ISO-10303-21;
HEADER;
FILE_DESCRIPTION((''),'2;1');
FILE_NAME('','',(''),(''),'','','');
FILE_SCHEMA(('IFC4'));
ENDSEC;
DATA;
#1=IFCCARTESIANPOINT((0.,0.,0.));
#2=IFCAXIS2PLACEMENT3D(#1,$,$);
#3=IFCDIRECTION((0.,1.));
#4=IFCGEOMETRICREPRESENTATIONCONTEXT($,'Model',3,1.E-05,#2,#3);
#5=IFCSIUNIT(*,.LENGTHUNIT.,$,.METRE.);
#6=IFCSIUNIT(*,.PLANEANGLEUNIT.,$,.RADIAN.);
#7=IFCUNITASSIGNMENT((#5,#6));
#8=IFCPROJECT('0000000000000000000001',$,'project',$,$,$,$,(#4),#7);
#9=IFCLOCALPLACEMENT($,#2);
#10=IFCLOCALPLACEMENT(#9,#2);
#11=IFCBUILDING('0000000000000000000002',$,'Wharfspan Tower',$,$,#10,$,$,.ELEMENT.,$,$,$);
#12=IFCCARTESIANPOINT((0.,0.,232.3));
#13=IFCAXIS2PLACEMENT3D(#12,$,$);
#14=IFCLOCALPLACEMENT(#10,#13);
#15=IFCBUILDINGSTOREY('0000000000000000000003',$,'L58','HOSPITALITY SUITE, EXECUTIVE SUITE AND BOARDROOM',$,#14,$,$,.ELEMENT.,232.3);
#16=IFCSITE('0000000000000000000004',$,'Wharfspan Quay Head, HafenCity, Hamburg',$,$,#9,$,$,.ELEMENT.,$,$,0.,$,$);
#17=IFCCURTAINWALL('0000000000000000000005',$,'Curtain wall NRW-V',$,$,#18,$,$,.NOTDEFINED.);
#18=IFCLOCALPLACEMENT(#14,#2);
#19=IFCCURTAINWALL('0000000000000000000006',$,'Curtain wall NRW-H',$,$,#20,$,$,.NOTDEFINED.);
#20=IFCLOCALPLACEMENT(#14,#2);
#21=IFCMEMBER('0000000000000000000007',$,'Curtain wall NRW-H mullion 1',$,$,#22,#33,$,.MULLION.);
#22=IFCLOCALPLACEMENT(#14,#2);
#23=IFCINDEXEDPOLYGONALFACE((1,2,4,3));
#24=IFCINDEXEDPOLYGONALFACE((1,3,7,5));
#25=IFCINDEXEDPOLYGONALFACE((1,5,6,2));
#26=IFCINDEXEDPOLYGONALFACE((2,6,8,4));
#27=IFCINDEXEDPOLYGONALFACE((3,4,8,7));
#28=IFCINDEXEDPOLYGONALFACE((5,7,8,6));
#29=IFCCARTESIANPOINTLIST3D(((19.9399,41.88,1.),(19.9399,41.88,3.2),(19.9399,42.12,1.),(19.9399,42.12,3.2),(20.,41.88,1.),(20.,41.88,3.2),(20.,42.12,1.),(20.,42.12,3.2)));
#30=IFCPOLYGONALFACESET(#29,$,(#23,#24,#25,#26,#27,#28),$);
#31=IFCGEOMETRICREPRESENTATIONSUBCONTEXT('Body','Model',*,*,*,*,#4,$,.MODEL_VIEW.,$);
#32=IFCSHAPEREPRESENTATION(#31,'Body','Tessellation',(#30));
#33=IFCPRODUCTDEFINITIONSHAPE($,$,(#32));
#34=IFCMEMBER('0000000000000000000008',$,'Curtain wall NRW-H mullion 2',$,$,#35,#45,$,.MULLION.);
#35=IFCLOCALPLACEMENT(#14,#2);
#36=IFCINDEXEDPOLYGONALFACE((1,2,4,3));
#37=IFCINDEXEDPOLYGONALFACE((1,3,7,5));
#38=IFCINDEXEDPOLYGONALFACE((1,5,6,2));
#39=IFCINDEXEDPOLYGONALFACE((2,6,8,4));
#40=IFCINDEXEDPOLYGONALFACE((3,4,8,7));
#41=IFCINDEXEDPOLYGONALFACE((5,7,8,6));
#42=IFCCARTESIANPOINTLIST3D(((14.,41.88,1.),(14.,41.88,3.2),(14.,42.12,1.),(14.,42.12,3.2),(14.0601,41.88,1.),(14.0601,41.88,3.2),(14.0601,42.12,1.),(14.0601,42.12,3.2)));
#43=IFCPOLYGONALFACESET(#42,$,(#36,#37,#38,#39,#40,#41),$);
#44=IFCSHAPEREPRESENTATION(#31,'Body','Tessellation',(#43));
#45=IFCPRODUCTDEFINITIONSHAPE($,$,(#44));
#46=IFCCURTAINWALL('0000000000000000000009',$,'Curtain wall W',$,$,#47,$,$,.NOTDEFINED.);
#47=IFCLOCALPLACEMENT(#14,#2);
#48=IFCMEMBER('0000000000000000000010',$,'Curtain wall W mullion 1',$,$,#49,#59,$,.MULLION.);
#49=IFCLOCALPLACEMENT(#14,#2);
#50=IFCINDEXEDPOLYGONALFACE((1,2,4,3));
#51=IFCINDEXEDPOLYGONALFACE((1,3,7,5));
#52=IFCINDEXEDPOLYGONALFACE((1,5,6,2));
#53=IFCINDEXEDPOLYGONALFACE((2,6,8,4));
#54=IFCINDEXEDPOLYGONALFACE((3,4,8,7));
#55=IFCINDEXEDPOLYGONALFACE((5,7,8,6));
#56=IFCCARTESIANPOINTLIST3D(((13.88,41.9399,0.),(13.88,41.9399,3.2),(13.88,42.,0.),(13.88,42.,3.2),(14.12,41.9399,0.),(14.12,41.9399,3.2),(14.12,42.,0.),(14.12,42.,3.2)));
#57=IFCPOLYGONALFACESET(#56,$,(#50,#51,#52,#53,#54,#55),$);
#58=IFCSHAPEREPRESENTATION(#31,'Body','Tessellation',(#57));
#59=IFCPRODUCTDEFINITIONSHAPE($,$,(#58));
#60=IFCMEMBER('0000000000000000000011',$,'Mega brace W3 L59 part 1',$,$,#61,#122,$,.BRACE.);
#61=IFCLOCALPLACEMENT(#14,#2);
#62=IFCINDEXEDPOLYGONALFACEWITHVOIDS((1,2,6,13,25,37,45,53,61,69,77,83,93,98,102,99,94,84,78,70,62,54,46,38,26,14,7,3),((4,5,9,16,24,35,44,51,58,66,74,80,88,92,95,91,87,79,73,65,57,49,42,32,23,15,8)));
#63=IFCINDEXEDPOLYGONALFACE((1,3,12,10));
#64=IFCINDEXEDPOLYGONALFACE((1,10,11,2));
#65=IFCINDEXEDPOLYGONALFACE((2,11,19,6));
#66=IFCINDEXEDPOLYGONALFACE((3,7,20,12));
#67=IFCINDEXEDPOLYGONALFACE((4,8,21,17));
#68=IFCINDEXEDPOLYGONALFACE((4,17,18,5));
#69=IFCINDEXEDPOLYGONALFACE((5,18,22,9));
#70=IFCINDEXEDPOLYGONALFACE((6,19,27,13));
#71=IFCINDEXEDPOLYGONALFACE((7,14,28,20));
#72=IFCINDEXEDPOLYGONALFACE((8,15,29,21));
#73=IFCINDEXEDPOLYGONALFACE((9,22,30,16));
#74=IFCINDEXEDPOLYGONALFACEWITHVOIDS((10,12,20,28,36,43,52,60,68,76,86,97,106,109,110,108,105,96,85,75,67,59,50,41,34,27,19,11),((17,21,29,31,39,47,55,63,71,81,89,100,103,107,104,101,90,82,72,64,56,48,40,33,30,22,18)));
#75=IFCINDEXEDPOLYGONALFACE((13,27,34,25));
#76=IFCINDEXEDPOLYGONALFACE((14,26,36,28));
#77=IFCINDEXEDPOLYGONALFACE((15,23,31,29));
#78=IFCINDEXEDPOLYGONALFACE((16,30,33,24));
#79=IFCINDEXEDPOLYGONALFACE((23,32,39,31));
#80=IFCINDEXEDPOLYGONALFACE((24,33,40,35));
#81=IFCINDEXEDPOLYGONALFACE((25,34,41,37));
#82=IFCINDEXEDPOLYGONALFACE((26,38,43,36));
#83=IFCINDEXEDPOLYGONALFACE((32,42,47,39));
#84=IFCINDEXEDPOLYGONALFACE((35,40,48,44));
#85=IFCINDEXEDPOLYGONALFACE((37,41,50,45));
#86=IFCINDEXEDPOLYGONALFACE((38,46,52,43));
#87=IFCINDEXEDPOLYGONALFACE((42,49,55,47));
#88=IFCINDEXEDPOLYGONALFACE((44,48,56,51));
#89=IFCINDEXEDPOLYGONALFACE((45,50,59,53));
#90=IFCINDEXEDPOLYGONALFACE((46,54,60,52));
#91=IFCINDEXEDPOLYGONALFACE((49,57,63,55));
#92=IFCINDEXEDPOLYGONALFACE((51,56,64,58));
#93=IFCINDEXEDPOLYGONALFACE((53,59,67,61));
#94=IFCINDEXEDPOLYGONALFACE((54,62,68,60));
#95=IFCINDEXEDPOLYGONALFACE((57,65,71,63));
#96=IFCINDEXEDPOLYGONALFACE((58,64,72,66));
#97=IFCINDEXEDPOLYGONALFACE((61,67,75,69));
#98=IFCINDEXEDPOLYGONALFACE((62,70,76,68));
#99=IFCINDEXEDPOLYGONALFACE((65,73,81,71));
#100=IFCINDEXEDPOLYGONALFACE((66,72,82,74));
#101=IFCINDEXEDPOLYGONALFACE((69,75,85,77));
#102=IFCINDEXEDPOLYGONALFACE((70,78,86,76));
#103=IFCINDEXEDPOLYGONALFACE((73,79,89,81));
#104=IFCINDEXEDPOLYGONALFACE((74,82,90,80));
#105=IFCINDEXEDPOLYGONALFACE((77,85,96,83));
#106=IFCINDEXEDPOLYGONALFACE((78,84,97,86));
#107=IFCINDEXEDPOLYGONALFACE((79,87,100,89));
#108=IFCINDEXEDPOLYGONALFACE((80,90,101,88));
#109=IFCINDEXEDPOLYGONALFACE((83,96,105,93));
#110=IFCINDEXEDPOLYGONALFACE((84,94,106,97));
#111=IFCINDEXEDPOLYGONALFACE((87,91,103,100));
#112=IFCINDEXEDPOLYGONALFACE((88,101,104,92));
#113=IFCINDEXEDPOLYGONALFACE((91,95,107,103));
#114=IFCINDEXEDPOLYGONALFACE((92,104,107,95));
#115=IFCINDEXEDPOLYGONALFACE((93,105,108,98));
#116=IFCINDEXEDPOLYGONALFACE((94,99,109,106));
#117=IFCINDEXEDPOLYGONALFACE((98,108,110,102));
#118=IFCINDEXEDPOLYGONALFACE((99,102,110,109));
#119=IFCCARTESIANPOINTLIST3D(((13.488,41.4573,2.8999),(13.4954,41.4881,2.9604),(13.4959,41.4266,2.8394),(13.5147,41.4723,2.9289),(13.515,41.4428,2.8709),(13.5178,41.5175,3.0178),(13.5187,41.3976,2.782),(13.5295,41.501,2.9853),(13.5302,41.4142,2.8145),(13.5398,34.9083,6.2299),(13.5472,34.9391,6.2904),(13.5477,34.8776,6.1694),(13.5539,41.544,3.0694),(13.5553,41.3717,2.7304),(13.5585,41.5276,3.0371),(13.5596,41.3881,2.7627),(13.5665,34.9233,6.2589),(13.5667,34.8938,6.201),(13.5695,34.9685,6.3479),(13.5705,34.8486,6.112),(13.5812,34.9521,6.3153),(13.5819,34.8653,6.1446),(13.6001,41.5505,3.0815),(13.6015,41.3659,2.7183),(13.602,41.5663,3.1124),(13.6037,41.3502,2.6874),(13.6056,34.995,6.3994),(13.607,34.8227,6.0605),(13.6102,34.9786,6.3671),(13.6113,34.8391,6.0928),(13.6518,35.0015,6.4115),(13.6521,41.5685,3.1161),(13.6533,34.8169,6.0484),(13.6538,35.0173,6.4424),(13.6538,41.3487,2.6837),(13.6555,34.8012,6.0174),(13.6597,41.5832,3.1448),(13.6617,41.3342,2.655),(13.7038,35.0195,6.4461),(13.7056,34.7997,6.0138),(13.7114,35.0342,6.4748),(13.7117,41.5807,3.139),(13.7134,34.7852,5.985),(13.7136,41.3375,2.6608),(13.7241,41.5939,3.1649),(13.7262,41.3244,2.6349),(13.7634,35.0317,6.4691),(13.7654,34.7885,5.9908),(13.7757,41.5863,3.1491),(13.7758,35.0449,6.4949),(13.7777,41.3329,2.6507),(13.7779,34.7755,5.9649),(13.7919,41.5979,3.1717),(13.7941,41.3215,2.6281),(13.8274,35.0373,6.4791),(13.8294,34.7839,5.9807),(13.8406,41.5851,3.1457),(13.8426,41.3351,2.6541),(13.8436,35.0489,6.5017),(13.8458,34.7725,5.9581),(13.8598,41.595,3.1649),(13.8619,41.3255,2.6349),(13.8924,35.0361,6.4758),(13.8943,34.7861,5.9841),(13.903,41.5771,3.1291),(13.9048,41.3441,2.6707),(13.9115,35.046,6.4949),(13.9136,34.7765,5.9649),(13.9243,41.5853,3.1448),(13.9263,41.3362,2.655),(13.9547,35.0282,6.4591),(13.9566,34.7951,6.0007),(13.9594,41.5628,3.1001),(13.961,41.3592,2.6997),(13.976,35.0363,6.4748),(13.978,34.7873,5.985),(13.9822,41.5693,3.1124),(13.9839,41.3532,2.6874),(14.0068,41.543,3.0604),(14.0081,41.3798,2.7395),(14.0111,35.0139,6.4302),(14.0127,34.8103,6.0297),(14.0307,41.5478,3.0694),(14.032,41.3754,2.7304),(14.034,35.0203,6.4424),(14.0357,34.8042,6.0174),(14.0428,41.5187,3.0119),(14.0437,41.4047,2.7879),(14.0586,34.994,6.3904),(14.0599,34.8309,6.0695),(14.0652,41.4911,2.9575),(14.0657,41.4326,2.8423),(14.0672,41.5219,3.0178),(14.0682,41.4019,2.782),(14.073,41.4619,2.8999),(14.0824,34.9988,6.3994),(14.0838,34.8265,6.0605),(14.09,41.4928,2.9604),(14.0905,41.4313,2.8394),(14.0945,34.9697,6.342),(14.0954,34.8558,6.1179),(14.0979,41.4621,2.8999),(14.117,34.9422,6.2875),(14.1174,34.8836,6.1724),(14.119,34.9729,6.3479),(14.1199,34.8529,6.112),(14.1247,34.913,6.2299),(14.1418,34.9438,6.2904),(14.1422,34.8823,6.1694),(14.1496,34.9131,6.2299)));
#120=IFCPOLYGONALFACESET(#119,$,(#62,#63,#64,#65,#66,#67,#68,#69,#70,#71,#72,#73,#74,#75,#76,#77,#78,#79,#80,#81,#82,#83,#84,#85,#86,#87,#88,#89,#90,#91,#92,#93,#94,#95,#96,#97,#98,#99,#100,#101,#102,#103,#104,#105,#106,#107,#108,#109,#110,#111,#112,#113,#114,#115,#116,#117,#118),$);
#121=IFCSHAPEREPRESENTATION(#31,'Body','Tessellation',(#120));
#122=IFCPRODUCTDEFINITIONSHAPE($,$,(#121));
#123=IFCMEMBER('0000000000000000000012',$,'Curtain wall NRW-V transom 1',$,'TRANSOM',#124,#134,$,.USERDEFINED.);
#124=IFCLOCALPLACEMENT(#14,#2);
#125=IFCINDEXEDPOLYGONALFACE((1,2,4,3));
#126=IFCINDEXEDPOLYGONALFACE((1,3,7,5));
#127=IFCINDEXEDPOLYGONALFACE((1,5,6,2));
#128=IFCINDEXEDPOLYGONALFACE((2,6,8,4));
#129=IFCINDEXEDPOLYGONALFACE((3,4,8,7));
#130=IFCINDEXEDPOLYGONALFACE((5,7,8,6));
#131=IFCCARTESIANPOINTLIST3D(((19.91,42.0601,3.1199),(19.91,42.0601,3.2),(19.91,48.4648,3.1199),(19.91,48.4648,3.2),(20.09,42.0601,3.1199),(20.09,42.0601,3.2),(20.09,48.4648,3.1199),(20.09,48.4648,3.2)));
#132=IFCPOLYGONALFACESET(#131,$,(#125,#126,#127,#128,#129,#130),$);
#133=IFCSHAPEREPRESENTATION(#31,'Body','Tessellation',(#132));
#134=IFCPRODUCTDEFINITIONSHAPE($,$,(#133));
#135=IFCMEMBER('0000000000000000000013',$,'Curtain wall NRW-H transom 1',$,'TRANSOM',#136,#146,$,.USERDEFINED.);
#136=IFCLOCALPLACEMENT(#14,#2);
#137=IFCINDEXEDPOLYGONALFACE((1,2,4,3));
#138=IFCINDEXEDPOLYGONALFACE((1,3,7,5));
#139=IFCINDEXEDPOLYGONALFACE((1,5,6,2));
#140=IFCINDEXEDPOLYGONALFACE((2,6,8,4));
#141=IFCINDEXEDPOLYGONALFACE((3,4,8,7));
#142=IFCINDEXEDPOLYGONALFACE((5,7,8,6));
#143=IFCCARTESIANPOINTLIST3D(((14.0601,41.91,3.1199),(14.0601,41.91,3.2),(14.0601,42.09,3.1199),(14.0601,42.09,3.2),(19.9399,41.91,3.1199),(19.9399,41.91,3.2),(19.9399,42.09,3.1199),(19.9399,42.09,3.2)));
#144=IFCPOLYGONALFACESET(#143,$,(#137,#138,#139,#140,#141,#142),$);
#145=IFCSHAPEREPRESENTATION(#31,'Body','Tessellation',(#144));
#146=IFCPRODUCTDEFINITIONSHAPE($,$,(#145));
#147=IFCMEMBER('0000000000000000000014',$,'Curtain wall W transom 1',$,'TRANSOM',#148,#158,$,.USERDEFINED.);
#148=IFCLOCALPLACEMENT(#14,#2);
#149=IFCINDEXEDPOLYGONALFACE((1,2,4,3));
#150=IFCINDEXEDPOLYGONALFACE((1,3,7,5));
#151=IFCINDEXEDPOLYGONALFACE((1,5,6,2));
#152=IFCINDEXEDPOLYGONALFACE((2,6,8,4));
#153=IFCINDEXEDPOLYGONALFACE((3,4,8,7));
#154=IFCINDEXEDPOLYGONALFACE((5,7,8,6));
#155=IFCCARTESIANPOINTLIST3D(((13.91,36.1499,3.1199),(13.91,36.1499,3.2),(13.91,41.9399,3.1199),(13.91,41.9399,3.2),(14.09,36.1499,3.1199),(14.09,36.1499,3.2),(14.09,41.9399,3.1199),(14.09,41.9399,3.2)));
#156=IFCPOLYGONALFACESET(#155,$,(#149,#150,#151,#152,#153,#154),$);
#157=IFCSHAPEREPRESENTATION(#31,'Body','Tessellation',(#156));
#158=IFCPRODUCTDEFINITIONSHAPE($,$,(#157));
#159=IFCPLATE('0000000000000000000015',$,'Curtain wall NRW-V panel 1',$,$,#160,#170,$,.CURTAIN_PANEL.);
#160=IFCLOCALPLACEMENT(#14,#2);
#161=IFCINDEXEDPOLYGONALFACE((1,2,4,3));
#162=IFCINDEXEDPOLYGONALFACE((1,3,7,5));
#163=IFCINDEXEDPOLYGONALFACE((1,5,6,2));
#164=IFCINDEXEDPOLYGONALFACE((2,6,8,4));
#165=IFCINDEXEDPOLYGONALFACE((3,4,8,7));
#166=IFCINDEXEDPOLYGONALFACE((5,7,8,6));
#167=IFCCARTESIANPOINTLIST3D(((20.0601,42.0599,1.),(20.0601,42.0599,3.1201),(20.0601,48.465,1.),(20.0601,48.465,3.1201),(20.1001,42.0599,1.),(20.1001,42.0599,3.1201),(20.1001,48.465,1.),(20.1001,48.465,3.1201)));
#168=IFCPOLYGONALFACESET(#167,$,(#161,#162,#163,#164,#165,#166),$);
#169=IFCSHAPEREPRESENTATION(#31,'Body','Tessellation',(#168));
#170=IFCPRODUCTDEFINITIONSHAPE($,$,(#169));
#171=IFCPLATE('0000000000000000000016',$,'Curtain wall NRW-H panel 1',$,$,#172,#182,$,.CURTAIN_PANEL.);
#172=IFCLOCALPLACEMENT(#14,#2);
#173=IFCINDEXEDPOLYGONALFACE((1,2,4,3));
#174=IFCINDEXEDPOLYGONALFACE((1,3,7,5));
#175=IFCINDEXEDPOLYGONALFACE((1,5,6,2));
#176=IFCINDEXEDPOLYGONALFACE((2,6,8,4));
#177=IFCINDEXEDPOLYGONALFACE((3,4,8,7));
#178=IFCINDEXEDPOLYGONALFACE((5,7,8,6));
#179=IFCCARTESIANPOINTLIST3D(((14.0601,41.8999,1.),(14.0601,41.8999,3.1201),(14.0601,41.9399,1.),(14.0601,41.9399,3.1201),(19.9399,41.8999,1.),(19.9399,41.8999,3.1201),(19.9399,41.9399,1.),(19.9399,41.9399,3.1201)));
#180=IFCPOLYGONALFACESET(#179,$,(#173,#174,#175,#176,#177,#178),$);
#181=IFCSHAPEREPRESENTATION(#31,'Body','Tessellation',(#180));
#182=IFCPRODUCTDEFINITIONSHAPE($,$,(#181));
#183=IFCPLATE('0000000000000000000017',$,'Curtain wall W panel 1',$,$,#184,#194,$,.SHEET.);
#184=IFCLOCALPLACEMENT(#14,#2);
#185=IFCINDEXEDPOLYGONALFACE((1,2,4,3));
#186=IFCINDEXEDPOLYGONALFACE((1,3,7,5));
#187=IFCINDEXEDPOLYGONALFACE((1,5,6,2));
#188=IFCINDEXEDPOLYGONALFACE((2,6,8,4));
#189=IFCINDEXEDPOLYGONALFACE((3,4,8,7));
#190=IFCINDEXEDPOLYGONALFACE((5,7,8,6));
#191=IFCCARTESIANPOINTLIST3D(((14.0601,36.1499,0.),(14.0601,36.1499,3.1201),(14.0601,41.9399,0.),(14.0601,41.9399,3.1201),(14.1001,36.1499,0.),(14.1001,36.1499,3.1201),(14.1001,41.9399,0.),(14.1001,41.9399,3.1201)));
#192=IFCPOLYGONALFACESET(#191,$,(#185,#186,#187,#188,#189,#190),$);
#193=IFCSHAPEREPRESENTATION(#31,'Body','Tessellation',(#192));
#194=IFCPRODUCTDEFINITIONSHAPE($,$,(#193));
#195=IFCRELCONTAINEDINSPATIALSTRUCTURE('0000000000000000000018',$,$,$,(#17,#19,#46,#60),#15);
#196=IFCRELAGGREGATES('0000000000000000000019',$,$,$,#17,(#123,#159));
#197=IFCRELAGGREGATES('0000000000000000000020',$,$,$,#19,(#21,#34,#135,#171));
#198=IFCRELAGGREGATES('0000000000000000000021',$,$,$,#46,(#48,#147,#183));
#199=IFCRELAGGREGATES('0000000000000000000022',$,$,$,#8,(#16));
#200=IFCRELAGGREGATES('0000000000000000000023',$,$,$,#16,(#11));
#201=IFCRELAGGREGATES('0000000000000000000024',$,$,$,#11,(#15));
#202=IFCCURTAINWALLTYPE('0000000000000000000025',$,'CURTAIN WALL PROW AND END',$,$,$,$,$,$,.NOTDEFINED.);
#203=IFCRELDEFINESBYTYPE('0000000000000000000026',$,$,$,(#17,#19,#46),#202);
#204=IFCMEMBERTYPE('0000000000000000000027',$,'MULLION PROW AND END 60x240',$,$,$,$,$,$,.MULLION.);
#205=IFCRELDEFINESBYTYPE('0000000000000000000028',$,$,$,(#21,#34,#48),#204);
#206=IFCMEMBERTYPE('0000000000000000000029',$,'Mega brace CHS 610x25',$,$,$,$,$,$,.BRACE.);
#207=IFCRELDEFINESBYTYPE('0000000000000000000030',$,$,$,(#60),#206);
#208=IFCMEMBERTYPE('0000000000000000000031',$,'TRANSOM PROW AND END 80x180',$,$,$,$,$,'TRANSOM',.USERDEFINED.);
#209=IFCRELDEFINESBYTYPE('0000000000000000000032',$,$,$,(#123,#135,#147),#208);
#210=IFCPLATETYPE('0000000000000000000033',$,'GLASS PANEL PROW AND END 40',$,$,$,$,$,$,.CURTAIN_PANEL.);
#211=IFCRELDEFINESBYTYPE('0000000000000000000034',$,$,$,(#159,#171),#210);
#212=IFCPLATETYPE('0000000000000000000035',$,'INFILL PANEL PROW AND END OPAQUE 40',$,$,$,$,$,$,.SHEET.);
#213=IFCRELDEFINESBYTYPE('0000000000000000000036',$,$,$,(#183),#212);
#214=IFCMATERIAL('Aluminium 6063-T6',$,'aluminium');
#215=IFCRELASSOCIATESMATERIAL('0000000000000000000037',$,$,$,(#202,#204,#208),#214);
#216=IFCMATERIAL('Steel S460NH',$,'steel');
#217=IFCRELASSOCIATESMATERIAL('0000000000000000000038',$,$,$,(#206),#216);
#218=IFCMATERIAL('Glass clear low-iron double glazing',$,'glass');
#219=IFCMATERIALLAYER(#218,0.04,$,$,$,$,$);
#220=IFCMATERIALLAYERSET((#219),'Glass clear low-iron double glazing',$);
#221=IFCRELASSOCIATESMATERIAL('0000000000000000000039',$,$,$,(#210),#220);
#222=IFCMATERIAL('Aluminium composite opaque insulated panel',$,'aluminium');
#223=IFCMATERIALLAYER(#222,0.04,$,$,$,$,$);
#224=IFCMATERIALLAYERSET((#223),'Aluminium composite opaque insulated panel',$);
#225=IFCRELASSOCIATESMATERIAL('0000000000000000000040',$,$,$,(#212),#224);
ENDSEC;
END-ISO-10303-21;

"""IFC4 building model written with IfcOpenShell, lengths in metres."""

from ifc_helpers import new_model, si_unit, direction, frame, origin, origin_2d, place, context, subcontext, project, spatial, rectangle, hollow_circle, extrude, material, layer, layer_set, material_profile, profile_set, type_object, element, aggregate, save


model = new_model("IFC4")

# Units and contexts
model_context = context("Model", 3, precision=1e-05, world=origin(), true_north=direction((0.0, 1.0)))
body_context = subcontext(model_context, "Body", "Model", "MODEL_VIEW")
ifc_project = project(units=[si_unit("LENGTHUNIT", "METRE"), si_unit("PLANEANGLEUNIT", "RADIAN")], contexts=[model_context])

# Site, building, storey
site_placement = place(None, origin())
site = spatial("IfcSite", under=ifc_project, at=site_placement, Name="Wharfspan Quay Head, HafenCity, Hamburg", CompositionType="ELEMENT", RefElevation=0.0)
building_placement = place(site_placement, origin())
building = spatial("IfcBuilding", under=site, at=building_placement, Name="Wharfspan Tower", CompositionType="ELEMENT")
storey_placement = place(building_placement, frame((0.0, 0.0, 232.3)))
storey = spatial("IfcBuildingStorey", under=building, at=storey_placement, Name="L58", Description="HOSPITALITY SUITE, EXECUTIVE SUITE AND BOARDROOM", CompositionType="ELEMENT", Elevation=232.3)

# Curtain walls, members
ifc_material_1 = material(Name="Aluminium 6063-T6", Category="aluminium")
curtain_wall_type = type_object("IfcCurtainWallType", Name="CURTAIN WALL PROW AND END", PredefinedType="NOTDEFINED", material=ifc_material_1)
curtain_wall_1_placement = place(storey_placement, origin())
curtain_wall_1 = element("IfcCurtainWall", 1, at=curtain_wall_1_placement, inside=storey, type_object=curtain_wall_type, Name="Curtain wall NRW-V", PredefinedType="NOTDEFINED")
ifc_material_profile_1 = material_profile(ifc_material_1, rectangle(XDim=0.24, YDim=0.0601, at=origin_2d()))
ifc_profile_set_1 = profile_set([ifc_material_profile_1], Name="Aluminium 6063-T6")
member_type_1 = type_object("IfcMemberType", Name="MULLION PROW AND END 60x240", PredefinedType="MULLION", material=ifc_profile_set_1)
curtain_wall_2_placement = place(storey_placement, origin())
curtain_wall_2 = element("IfcCurtainWall", 2, at=curtain_wall_2_placement, inside=storey, type_object=curtain_wall_type, Name="Curtain wall NRW-H", PredefinedType="NOTDEFINED")
member_1_placement = place(storey_placement, frame((19.97, 42.0, 1.0), z_axis=(0.0, 0.0, 1.0), x_axis=(0.0, -1.0, 0.0)))
member_1 = element("IfcMember", 3, at=member_1_placement, type_object=member_type_1, Name="Curtain wall NRW-H mullion 1", PredefinedType="MULLION", context=body_context, shape_type="SweptSolid", body=[
    extrude(rectangle(XDim=0.24, YDim=0.0601, at=origin_2d()), origin(), (0.0, 0.0, 1.0), 2.2),
])
member_2_placement = place(storey_placement, frame((14.03, 42.0, 1.0), z_axis=(0.0, 0.0, 1.0), x_axis=(0.0, -1.0, 0.0)))
member_2 = element("IfcMember", 4, at=member_2_placement, type_object=member_type_1, Name="Curtain wall NRW-H mullion 2", PredefinedType="MULLION", context=body_context, shape_type="SweptSolid", body=[
    extrude(rectangle(XDim=0.24, YDim=0.0601, at=origin_2d()), origin(), (0.0, 0.0, 1.0), 2.2),
])

# Curtain wall, member
curtain_wall_3_placement = place(storey_placement, origin())
curtain_wall_3 = element("IfcCurtainWall", 5, at=curtain_wall_3_placement, inside=storey, type_object=curtain_wall_type, Name="Curtain wall W", PredefinedType="NOTDEFINED")
member_3_placement = place(storey_placement, frame((14.0, 41.97, 0.0), z_axis=(0.0, 0.0, 1.0), x_axis=(1.0, 0.0, 0.0)))
member_3 = element("IfcMember", 6, at=member_3_placement, type_object=member_type_1, Name="Curtain wall W mullion 1", PredefinedType="MULLION", context=body_context, shape_type="SweptSolid", body=[
    extrude(rectangle(XDim=0.24, YDim=0.0601, at=origin_2d()), origin(), (0.0, 0.0, 1.0), 3.2),
])

# Members
ifc_material_2 = material(Name="Steel S460NH", Category="steel")
ifc_material_profile_2 = material_profile(ifc_material_2, hollow_circle(Radius=0.3049, WallThickness=0.0249, at=origin_2d()))
ifc_profile_set_2 = profile_set([ifc_material_profile_2], Name="Steel S460NH")
member_type_2 = type_object("IfcMemberType", Name="Mega brace CHS 610x25", PredefinedType="BRACE", material=ifc_profile_set_2)
member_4_placement = place(storey_placement, frame((13.793, 41.4597, 2.8999), z_axis=(0.007044, -0.891361, 0.45324), x_axis=(0.999973, 0.007904, 0.000003)))
element("IfcMember", 7, at=member_4_placement, inside=storey, type_object=member_type_2, Name="Mega brace W3 L59 part 1", PredefinedType="BRACE", context=body_context, shape_type="SweptSolid", body=[
    extrude(hollow_circle(Radius=0.3049, WallThickness=0.0249, at=origin_2d()), origin(), (0.0, 0.0, 1.0), 7.3472),
])
ifc_material_profile_3 = material_profile(ifc_material_1, rectangle(XDim=0.1799, YDim=0.0801, at=origin_2d()))
ifc_profile_set_3 = profile_set([ifc_material_profile_3], Name="Aluminium 6063-T6")
member_type_3 = type_object("IfcMemberType", Name="TRANSOM PROW AND END 80x180", ElementType="TRANSOM", PredefinedType="USERDEFINED", material=ifc_profile_set_3)
member_5_placement = place(storey_placement, frame((20.0, 48.4648, 3.1599), z_axis=(0.0, -1.0, 0.0), x_axis=(1.0, 0.0, 0.0)))
member_5 = element("IfcMember", 8, at=member_5_placement, type_object=member_type_3, Name="Curtain wall NRW-V transom 1", ObjectType="TRANSOM", PredefinedType="USERDEFINED", context=body_context, shape_type="SweptSolid", body=[
    extrude(rectangle(XDim=0.1799, YDim=0.0801, at=origin_2d()), origin(), (0.0, 0.0, 1.0), 6.4048),
])
member_6_placement = place(storey_placement, frame((19.9399, 42.0, 3.1599), z_axis=(-1.0, 0.0, 0.0), x_axis=(0.0, -1.0, 0.0)))
member_6 = element("IfcMember", 9, at=member_6_placement, type_object=member_type_3, Name="Curtain wall NRW-H transom 1", ObjectType="TRANSOM", PredefinedType="USERDEFINED", context=body_context, shape_type="SweptSolid", body=[
    extrude(rectangle(XDim=0.1799, YDim=0.0801, at=origin_2d()), origin(), (0.0, 0.0, 1.0), 5.8799),
])
member_7_placement = place(storey_placement, frame((14.0, 41.9399, 3.1599), z_axis=(0.0, -1.0, 0.0), x_axis=(1.0, 0.0, 0.0)))
member_7 = element("IfcMember", 10, at=member_7_placement, type_object=member_type_3, Name="Curtain wall W transom 1", ObjectType="TRANSOM", PredefinedType="USERDEFINED", context=body_context, shape_type="SweptSolid", body=[
    extrude(rectangle(XDim=0.1799, YDim=0.0801, at=origin_2d()), origin(), (0.0, 0.0, 1.0), 5.79),
])

# Plates
ifc_material_3 = material(Name="Glass clear low-iron double glazing", Category="glass")
ifc_layer_1 = layer(ifc_material_3, 0.04)
ifc_layer_set_1 = layer_set([ifc_layer_1], Name="Glass clear low-iron double glazing")
plate_type_1 = type_object("IfcPlateType", Name="GLASS PANEL PROW AND END 40", PredefinedType="CURTAIN_PANEL", material=ifc_layer_set_1)
plate_1_placement = place(storey_placement, frame((20.0801, 45.2625, 1.0), z_axis=(0.0, 0.0, 1.0), x_axis=(0.0, -1.0, 0.0)))
plate_1 = element("IfcPlate", 11, at=plate_1_placement, type_object=plate_type_1, Name="Curtain wall NRW-V panel 1", PredefinedType="CURTAIN_PANEL", context=body_context, shape_type="SweptSolid", body=[
    extrude(rectangle(XDim=6.405, YDim=0.04, at=origin_2d()), origin(), (0.0, 0.0, 1.0), 2.1201),
])
aggregate(curtain_wall_1, [member_5, plate_1])
plate_2_placement = place(storey_placement, frame((17.0, 41.9199, 1.0), z_axis=(0.0, 0.0, 1.0), x_axis=(-1.0, 0.0, 0.0)))
plate_2 = element("IfcPlate", 12, at=plate_2_placement, type_object=plate_type_1, Name="Curtain wall NRW-H panel 1", PredefinedType="CURTAIN_PANEL", context=body_context, shape_type="SweptSolid", body=[
    extrude(rectangle(XDim=5.8799, YDim=0.04, at=origin_2d()), origin(), (0.0, 0.0, 1.0), 2.1201),
])
aggregate(curtain_wall_2, [member_1, member_2, member_6, plate_2])
ifc_material_4 = material(Name="Aluminium composite opaque insulated panel", Category="aluminium")
ifc_layer_2 = layer(ifc_material_4, 0.04)
ifc_layer_set_2 = layer_set([ifc_layer_2], Name="Aluminium composite opaque insulated panel")
plate_type_2 = type_object("IfcPlateType", Name="INFILL PANEL PROW AND END OPAQUE 40", PredefinedType="SHEET", material=ifc_layer_set_2)
plate_3_placement = place(storey_placement, frame((14.0801, 39.0449, 0.0), z_axis=(0.0, 0.0, 1.0), x_axis=(0.0, -1.0, 0.0)))
plate_3 = element("IfcPlate", 13, at=plate_3_placement, type_object=plate_type_2, Name="Curtain wall W panel 1", PredefinedType="SHEET", context=body_context, shape_type="SweptSolid", body=[
    extrude(rectangle(XDim=5.79, YDim=0.04, at=origin_2d()), origin(), (0.0, 0.0, 1.0), 3.1201),
])
aggregate(curtain_wall_3, [member_3, member_7, plate_3])

save(model, "model.ifc")
